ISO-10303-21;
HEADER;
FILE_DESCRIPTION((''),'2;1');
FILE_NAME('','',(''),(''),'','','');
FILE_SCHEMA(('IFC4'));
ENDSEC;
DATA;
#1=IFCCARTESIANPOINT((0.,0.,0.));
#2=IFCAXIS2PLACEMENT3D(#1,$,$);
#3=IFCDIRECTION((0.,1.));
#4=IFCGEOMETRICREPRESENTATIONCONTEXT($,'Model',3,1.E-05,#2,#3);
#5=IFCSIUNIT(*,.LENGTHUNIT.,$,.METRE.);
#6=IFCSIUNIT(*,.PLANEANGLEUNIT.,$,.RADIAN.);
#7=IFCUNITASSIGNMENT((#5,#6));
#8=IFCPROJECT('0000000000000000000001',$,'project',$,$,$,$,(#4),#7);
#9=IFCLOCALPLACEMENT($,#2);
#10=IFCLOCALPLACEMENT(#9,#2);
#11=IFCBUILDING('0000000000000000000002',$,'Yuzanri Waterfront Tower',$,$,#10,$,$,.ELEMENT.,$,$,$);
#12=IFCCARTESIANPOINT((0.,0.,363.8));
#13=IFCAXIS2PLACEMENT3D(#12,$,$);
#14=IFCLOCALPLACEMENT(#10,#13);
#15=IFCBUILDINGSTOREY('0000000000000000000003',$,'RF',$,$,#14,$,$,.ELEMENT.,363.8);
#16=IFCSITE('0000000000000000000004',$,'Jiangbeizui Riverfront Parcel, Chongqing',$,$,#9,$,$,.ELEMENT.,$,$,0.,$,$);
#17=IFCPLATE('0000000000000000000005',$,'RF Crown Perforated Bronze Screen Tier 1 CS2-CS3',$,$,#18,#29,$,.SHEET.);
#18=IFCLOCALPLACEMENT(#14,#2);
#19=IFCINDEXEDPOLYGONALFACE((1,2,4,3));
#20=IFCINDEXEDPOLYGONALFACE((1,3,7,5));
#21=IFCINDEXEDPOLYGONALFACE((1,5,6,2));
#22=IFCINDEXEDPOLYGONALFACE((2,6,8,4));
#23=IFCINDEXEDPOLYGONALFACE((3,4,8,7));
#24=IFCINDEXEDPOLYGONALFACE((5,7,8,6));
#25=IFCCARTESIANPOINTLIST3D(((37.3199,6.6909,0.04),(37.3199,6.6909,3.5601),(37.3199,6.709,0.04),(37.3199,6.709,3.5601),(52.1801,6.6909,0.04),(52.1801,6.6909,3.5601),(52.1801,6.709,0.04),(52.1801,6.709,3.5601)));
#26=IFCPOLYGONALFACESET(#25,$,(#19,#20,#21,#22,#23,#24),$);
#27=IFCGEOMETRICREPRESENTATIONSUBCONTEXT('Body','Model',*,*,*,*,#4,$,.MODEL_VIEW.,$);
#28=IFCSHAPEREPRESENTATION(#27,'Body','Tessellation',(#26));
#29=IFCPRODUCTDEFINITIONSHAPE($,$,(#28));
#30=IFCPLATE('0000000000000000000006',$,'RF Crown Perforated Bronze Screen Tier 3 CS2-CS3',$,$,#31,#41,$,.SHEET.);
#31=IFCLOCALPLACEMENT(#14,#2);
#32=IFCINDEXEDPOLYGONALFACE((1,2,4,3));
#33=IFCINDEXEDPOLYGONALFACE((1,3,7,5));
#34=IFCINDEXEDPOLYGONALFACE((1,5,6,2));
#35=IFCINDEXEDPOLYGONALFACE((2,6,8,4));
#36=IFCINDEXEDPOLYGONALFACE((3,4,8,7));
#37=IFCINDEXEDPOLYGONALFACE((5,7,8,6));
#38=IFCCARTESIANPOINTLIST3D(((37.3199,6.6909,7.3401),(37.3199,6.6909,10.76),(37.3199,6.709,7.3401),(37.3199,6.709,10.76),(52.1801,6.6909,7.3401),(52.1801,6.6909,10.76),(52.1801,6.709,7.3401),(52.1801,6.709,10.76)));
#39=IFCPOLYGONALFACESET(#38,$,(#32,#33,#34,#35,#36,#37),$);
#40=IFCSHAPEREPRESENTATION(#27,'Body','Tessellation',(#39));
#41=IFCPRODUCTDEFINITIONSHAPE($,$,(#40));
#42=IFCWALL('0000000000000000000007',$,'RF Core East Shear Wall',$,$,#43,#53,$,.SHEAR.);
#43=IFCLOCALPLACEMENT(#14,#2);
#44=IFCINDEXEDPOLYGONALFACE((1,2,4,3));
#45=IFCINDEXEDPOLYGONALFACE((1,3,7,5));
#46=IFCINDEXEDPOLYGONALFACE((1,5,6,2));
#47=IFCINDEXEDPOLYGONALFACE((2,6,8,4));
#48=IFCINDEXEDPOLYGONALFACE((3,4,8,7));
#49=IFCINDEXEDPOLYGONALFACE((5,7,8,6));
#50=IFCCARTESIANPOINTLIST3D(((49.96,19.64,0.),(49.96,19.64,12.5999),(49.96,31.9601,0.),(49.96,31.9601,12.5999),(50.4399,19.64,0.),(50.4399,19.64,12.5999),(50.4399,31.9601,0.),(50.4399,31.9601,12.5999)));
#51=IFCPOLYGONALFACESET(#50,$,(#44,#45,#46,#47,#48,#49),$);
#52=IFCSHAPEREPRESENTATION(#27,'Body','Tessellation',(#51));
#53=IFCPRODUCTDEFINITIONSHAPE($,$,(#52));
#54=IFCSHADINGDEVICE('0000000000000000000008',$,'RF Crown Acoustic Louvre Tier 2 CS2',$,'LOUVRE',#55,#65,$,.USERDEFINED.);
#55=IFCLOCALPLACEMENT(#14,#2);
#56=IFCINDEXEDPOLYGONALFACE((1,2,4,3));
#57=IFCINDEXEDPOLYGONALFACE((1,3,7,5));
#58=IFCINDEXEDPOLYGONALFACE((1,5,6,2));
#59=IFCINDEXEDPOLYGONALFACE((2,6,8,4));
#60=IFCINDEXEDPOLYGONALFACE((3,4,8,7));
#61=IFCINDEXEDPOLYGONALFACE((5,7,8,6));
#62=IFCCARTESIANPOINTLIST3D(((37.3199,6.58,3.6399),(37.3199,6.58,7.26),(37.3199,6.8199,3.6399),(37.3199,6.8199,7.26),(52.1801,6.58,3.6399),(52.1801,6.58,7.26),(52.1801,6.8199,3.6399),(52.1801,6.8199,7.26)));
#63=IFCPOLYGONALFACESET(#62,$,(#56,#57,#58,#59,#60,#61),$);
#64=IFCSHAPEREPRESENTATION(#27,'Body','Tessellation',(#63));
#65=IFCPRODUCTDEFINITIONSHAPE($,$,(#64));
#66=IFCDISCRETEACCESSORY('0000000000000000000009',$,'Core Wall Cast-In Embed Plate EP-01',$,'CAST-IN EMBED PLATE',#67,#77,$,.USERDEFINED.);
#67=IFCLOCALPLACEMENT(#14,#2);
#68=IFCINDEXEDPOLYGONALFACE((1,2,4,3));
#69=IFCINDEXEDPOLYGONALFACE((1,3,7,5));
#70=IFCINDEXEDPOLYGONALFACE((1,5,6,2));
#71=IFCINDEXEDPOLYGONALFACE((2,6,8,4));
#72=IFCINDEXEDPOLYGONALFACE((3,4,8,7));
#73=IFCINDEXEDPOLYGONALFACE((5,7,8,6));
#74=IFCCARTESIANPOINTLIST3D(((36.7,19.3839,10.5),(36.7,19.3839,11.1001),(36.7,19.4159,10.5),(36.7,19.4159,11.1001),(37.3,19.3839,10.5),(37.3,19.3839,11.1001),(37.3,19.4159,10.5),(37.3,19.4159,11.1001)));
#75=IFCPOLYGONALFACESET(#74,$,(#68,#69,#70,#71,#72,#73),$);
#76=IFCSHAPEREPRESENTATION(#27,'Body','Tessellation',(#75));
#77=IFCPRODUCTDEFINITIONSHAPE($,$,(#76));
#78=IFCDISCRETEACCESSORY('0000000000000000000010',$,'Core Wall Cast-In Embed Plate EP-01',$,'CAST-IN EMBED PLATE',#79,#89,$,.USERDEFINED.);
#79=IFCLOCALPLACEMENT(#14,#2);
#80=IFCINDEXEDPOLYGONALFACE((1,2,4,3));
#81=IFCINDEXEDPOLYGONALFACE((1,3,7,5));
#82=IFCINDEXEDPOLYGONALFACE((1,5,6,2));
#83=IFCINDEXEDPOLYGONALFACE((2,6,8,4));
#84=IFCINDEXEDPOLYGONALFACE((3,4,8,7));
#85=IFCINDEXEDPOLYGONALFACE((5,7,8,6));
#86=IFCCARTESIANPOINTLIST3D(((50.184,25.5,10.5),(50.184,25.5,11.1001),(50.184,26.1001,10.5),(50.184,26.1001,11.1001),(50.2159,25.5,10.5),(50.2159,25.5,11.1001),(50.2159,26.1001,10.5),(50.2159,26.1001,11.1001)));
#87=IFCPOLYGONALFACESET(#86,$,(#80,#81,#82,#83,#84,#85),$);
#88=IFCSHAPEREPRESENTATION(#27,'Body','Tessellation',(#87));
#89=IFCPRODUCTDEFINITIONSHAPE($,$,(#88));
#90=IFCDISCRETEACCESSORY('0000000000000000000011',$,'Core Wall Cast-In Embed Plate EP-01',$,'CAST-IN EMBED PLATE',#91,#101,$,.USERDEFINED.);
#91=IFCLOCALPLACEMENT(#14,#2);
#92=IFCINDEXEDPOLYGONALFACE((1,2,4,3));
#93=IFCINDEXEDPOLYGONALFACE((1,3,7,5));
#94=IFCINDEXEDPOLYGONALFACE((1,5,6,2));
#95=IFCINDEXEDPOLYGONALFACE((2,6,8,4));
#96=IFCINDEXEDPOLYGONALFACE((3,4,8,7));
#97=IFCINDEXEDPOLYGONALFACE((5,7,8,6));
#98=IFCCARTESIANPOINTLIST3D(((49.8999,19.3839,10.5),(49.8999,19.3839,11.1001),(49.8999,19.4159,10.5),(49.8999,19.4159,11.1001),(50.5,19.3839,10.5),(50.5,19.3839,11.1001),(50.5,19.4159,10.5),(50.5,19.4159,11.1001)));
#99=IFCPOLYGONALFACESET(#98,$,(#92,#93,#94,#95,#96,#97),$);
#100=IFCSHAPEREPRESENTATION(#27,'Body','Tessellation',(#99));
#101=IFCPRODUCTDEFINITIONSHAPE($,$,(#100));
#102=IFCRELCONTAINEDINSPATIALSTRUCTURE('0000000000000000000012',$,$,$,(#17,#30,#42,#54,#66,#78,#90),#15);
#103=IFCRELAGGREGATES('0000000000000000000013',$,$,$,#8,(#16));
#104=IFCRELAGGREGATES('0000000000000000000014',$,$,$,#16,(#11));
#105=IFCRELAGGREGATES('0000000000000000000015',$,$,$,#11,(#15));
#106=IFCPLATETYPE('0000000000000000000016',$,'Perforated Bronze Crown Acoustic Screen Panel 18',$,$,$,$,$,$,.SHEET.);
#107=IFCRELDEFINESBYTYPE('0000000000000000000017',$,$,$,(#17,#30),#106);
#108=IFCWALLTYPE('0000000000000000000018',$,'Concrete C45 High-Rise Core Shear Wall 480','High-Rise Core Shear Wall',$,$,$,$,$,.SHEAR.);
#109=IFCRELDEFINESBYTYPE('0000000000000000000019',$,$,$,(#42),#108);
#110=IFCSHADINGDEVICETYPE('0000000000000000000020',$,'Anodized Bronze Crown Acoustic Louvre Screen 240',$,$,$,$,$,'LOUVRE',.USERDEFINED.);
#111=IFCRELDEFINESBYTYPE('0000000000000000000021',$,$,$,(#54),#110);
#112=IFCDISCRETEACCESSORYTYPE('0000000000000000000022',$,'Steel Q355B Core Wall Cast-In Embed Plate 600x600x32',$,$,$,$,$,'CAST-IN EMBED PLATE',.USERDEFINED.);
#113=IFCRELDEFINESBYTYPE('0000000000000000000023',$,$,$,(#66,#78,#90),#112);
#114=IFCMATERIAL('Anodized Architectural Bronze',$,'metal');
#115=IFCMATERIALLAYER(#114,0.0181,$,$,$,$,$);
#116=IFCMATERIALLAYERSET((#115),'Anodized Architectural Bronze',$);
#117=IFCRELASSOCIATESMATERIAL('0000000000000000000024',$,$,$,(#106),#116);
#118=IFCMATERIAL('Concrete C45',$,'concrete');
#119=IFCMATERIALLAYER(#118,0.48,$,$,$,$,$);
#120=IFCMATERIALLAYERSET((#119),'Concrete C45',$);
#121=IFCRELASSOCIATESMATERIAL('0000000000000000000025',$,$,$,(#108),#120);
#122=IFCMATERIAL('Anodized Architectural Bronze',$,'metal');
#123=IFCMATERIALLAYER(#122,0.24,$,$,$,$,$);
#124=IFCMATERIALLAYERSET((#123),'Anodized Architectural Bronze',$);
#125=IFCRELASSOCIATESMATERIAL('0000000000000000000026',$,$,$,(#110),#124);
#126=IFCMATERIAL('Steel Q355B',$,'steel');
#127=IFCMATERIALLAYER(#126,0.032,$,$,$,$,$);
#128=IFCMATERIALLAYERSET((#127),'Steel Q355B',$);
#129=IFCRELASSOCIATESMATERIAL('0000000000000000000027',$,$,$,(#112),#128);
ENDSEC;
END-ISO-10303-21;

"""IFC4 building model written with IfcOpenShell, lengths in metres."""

from ifc_helpers import new_model, si_unit, direction, frame, frame_2d, origin, origin_2d, place, context, subcontext, project, spatial, rectangle, extrude, source, transform, mapped, material, layer, layer_set, type_object, element, save


model = new_model("IFC4")

# Units and contexts
model_context = context("Model", 3, precision=1e-05, world=origin(), true_north=direction((0.0, 1.0)))
body_context = subcontext(model_context, "Body", "Model", "MODEL_VIEW")
ifc_project = project(units=[si_unit("LENGTHUNIT", "METRE"), si_unit("PLANEANGLEUNIT", "RADIAN")], contexts=[model_context])

# Site, building, storey
site_placement = place(None, origin())
site = spatial("IfcSite", under=ifc_project, at=site_placement, Name="Jiangbeizui Riverfront Parcel, Chongqing", CompositionType="ELEMENT", RefElevation=0.0)
building_placement = place(site_placement, origin())
building = spatial("IfcBuilding", under=site, at=building_placement, Name="Yuzanri Waterfront Tower", CompositionType="ELEMENT")
storey_placement = place(building_placement, frame((0.0, 0.0, 363.8)))
storey = spatial("IfcBuildingStorey", under=building, at=storey_placement, Name="RF", CompositionType="ELEMENT", Elevation=363.8)

# Plates
ifc_material_1 = material(Name="Anodized Architectural Bronze", Category="metal")
ifc_layer_1 = layer(ifc_material_1, 0.0181)
ifc_layer_set_1 = layer_set([ifc_layer_1], Name="Anodized Architectural Bronze")
plate_type_1 = type_object("IfcPlateType", Name="Perforated Bronze Crown Acoustic Screen Panel 18", PredefinedType="SHEET", material=ifc_layer_set_1)
shared_shape_1 = source(origin(), body_context, "Body", "SweptSolid", [
    extrude(rectangle(XDim=14.8601, YDim=0.0181, at=origin_2d()), origin(), (0.0, 0.0, 1.0), 3.52),
])
plate_1_placement = place(storey_placement, frame((44.75, 6.7, 0.04), z_axis=(0.0, 0.0, 1.0), x_axis=(1.0, 0.0, 0.0)))
element("IfcPlate", 1, at=plate_1_placement, inside=storey, type_object=plate_type_1, Name="RF Crown Perforated Bronze Screen Tier 1 CS2-CS3", PredefinedType="SHEET", context=body_context, shape_type="MappedRepresentation", body=[
    mapped(shared_shape_1, transform((0.0, 0.0, 0.0), scale=1.0)),
])
shared_shape_2 = source(origin(), body_context, "Body", "SweptSolid", [
    extrude(rectangle(XDim=14.8601, YDim=0.0181, at=origin_2d()), origin(), (0.0, 0.0, 1.0), 3.4199),
])
plate_2_placement = place(storey_placement, frame((44.75, 6.7, 7.3401), z_axis=(0.0, 0.0, 1.0), x_axis=(1.0, 0.0, 0.0)))
element("IfcPlate", 2, at=plate_2_placement, inside=storey, type_object=plate_type_1, Name="RF Crown Perforated Bronze Screen Tier 3 CS2-CS3", PredefinedType="SHEET", context=body_context, shape_type="MappedRepresentation", body=[
    mapped(shared_shape_2, transform((0.0, 0.0, 0.0), scale=1.0)),
])

# Wall
ifc_material_2 = material(Name="Concrete C45", Category="concrete")
ifc_layer_2 = layer(ifc_material_2, 0.48)
ifc_layer_set_2 = layer_set([ifc_layer_2], Name="Concrete C45")
wall_type = type_object("IfcWallType", Name="Concrete C45 High-Rise Core Shear Wall 480", Description="High-Rise Core Shear Wall", PredefinedType="SHEAR", material=ifc_layer_set_2)
shared_shape_3 = source(origin(), body_context, "Body", "SweptSolid", [
    extrude(rectangle(XDim=12.3201, YDim=0.48, at=frame_2d((6.1602, 0.0))), origin(), (0.0, 0.0, 1.0), 12.5999),
])
wall_placement = place(storey_placement, frame((50.2, 19.6399, 0.0), z_axis=(0.0, 0.0, 1.0), x_axis=(0.0, 1.0, 0.0)))
element("IfcWall", 3, at=wall_placement, inside=storey, type_object=wall_type, Name="RF Core East Shear Wall", PredefinedType="SHEAR", context=body_context, shape_type="MappedRepresentation", body=[
    mapped(shared_shape_3, transform((0.0, 0.0, 0.0), scale=1.0)),
])

# Shading device
ifc_material_3 = material(Name="Anodized Architectural Bronze", Category="metal")
ifc_layer_3 = layer(ifc_material_3, 0.24)
ifc_layer_set_3 = layer_set([ifc_layer_3], Name="Anodized Architectural Bronze")
shading_device_type = type_object("IfcShadingDeviceType", Name="Anodized Bronze Crown Acoustic Louvre Screen 240", ElementType="LOUVRE", PredefinedType="USERDEFINED", material=ifc_layer_set_3)
shared_shape_4 = source(origin(), body_context, "Body", "SweptSolid", [
    extrude(rectangle(XDim=14.8601, YDim=0.24, at=origin_2d()), origin(), (0.0, 0.0, 1.0), 3.6201),
])
shading_device_placement = place(storey_placement, frame((44.75, 6.7, 3.6399), z_axis=(0.0, 0.0, 1.0), x_axis=(1.0, 0.0, 0.0)))
element("IfcShadingDevice", 4, at=shading_device_placement, inside=storey, type_object=shading_device_type, Name="RF Crown Acoustic Louvre Tier 2 CS2", ObjectType="LOUVRE", PredefinedType="USERDEFINED", context=body_context, shape_type="MappedRepresentation", body=[
    mapped(shared_shape_4, transform((0.0, 0.0, 0.0), scale=1.0)),
])

# Discrete accessories
ifc_material_4 = material(Name="Steel Q355B", Category="steel")
ifc_layer_4 = layer(ifc_material_4, 0.032)
ifc_layer_set_4 = layer_set([ifc_layer_4], Name="Steel Q355B")
discrete_accessory_type = type_object("IfcDiscreteAccessoryType", Name="Steel Q355B Core Wall Cast-In Embed Plate 600x600x32", ElementType="CAST-IN EMBED PLATE", PredefinedType="USERDEFINED", material=ifc_layer_set_4)
shared_shape_5 = source(origin(), body_context, "Body", "SweptSolid", [
    extrude(rectangle(XDim=0.6001, YDim=0.032, at=origin_2d()), origin(), (0.0, 0.0, 1.0), 0.6001),
])
for number, where, z_axis, x_axis, name in (
    (5, (37.0, 19.3999, 10.5), (0.0, 0.0, 1.0), (1.0, 0.0, 0.0), "Core Wall Cast-In Embed Plate EP-01"),
    (6, (50.2, 25.8, 10.5), (0.0, 0.0, 1.0), (0.0, 1.0, 0.0), "Core Wall Cast-In Embed Plate EP-01"),
    (7, (50.2, 19.3999, 10.5), (0.0, 0.0, 1.0), (1.0, 0.0, 0.0), "Core Wall Cast-In Embed Plate EP-01"),
):
    element("IfcDiscreteAccessory", number, at=place(storey_placement, frame(where, z_axis=z_axis, x_axis=x_axis)), inside=storey, type_object=discrete_accessory_type, Name=name, ObjectType="CAST-IN EMBED PLATE", PredefinedType="USERDEFINED", context=body_context, shape_type="MappedRepresentation", body=[
        mapped(shared_shape_5, transform((0.0, 0.0, 0.0), scale=1.0)),
    ])

save(model, "model.ifc")
